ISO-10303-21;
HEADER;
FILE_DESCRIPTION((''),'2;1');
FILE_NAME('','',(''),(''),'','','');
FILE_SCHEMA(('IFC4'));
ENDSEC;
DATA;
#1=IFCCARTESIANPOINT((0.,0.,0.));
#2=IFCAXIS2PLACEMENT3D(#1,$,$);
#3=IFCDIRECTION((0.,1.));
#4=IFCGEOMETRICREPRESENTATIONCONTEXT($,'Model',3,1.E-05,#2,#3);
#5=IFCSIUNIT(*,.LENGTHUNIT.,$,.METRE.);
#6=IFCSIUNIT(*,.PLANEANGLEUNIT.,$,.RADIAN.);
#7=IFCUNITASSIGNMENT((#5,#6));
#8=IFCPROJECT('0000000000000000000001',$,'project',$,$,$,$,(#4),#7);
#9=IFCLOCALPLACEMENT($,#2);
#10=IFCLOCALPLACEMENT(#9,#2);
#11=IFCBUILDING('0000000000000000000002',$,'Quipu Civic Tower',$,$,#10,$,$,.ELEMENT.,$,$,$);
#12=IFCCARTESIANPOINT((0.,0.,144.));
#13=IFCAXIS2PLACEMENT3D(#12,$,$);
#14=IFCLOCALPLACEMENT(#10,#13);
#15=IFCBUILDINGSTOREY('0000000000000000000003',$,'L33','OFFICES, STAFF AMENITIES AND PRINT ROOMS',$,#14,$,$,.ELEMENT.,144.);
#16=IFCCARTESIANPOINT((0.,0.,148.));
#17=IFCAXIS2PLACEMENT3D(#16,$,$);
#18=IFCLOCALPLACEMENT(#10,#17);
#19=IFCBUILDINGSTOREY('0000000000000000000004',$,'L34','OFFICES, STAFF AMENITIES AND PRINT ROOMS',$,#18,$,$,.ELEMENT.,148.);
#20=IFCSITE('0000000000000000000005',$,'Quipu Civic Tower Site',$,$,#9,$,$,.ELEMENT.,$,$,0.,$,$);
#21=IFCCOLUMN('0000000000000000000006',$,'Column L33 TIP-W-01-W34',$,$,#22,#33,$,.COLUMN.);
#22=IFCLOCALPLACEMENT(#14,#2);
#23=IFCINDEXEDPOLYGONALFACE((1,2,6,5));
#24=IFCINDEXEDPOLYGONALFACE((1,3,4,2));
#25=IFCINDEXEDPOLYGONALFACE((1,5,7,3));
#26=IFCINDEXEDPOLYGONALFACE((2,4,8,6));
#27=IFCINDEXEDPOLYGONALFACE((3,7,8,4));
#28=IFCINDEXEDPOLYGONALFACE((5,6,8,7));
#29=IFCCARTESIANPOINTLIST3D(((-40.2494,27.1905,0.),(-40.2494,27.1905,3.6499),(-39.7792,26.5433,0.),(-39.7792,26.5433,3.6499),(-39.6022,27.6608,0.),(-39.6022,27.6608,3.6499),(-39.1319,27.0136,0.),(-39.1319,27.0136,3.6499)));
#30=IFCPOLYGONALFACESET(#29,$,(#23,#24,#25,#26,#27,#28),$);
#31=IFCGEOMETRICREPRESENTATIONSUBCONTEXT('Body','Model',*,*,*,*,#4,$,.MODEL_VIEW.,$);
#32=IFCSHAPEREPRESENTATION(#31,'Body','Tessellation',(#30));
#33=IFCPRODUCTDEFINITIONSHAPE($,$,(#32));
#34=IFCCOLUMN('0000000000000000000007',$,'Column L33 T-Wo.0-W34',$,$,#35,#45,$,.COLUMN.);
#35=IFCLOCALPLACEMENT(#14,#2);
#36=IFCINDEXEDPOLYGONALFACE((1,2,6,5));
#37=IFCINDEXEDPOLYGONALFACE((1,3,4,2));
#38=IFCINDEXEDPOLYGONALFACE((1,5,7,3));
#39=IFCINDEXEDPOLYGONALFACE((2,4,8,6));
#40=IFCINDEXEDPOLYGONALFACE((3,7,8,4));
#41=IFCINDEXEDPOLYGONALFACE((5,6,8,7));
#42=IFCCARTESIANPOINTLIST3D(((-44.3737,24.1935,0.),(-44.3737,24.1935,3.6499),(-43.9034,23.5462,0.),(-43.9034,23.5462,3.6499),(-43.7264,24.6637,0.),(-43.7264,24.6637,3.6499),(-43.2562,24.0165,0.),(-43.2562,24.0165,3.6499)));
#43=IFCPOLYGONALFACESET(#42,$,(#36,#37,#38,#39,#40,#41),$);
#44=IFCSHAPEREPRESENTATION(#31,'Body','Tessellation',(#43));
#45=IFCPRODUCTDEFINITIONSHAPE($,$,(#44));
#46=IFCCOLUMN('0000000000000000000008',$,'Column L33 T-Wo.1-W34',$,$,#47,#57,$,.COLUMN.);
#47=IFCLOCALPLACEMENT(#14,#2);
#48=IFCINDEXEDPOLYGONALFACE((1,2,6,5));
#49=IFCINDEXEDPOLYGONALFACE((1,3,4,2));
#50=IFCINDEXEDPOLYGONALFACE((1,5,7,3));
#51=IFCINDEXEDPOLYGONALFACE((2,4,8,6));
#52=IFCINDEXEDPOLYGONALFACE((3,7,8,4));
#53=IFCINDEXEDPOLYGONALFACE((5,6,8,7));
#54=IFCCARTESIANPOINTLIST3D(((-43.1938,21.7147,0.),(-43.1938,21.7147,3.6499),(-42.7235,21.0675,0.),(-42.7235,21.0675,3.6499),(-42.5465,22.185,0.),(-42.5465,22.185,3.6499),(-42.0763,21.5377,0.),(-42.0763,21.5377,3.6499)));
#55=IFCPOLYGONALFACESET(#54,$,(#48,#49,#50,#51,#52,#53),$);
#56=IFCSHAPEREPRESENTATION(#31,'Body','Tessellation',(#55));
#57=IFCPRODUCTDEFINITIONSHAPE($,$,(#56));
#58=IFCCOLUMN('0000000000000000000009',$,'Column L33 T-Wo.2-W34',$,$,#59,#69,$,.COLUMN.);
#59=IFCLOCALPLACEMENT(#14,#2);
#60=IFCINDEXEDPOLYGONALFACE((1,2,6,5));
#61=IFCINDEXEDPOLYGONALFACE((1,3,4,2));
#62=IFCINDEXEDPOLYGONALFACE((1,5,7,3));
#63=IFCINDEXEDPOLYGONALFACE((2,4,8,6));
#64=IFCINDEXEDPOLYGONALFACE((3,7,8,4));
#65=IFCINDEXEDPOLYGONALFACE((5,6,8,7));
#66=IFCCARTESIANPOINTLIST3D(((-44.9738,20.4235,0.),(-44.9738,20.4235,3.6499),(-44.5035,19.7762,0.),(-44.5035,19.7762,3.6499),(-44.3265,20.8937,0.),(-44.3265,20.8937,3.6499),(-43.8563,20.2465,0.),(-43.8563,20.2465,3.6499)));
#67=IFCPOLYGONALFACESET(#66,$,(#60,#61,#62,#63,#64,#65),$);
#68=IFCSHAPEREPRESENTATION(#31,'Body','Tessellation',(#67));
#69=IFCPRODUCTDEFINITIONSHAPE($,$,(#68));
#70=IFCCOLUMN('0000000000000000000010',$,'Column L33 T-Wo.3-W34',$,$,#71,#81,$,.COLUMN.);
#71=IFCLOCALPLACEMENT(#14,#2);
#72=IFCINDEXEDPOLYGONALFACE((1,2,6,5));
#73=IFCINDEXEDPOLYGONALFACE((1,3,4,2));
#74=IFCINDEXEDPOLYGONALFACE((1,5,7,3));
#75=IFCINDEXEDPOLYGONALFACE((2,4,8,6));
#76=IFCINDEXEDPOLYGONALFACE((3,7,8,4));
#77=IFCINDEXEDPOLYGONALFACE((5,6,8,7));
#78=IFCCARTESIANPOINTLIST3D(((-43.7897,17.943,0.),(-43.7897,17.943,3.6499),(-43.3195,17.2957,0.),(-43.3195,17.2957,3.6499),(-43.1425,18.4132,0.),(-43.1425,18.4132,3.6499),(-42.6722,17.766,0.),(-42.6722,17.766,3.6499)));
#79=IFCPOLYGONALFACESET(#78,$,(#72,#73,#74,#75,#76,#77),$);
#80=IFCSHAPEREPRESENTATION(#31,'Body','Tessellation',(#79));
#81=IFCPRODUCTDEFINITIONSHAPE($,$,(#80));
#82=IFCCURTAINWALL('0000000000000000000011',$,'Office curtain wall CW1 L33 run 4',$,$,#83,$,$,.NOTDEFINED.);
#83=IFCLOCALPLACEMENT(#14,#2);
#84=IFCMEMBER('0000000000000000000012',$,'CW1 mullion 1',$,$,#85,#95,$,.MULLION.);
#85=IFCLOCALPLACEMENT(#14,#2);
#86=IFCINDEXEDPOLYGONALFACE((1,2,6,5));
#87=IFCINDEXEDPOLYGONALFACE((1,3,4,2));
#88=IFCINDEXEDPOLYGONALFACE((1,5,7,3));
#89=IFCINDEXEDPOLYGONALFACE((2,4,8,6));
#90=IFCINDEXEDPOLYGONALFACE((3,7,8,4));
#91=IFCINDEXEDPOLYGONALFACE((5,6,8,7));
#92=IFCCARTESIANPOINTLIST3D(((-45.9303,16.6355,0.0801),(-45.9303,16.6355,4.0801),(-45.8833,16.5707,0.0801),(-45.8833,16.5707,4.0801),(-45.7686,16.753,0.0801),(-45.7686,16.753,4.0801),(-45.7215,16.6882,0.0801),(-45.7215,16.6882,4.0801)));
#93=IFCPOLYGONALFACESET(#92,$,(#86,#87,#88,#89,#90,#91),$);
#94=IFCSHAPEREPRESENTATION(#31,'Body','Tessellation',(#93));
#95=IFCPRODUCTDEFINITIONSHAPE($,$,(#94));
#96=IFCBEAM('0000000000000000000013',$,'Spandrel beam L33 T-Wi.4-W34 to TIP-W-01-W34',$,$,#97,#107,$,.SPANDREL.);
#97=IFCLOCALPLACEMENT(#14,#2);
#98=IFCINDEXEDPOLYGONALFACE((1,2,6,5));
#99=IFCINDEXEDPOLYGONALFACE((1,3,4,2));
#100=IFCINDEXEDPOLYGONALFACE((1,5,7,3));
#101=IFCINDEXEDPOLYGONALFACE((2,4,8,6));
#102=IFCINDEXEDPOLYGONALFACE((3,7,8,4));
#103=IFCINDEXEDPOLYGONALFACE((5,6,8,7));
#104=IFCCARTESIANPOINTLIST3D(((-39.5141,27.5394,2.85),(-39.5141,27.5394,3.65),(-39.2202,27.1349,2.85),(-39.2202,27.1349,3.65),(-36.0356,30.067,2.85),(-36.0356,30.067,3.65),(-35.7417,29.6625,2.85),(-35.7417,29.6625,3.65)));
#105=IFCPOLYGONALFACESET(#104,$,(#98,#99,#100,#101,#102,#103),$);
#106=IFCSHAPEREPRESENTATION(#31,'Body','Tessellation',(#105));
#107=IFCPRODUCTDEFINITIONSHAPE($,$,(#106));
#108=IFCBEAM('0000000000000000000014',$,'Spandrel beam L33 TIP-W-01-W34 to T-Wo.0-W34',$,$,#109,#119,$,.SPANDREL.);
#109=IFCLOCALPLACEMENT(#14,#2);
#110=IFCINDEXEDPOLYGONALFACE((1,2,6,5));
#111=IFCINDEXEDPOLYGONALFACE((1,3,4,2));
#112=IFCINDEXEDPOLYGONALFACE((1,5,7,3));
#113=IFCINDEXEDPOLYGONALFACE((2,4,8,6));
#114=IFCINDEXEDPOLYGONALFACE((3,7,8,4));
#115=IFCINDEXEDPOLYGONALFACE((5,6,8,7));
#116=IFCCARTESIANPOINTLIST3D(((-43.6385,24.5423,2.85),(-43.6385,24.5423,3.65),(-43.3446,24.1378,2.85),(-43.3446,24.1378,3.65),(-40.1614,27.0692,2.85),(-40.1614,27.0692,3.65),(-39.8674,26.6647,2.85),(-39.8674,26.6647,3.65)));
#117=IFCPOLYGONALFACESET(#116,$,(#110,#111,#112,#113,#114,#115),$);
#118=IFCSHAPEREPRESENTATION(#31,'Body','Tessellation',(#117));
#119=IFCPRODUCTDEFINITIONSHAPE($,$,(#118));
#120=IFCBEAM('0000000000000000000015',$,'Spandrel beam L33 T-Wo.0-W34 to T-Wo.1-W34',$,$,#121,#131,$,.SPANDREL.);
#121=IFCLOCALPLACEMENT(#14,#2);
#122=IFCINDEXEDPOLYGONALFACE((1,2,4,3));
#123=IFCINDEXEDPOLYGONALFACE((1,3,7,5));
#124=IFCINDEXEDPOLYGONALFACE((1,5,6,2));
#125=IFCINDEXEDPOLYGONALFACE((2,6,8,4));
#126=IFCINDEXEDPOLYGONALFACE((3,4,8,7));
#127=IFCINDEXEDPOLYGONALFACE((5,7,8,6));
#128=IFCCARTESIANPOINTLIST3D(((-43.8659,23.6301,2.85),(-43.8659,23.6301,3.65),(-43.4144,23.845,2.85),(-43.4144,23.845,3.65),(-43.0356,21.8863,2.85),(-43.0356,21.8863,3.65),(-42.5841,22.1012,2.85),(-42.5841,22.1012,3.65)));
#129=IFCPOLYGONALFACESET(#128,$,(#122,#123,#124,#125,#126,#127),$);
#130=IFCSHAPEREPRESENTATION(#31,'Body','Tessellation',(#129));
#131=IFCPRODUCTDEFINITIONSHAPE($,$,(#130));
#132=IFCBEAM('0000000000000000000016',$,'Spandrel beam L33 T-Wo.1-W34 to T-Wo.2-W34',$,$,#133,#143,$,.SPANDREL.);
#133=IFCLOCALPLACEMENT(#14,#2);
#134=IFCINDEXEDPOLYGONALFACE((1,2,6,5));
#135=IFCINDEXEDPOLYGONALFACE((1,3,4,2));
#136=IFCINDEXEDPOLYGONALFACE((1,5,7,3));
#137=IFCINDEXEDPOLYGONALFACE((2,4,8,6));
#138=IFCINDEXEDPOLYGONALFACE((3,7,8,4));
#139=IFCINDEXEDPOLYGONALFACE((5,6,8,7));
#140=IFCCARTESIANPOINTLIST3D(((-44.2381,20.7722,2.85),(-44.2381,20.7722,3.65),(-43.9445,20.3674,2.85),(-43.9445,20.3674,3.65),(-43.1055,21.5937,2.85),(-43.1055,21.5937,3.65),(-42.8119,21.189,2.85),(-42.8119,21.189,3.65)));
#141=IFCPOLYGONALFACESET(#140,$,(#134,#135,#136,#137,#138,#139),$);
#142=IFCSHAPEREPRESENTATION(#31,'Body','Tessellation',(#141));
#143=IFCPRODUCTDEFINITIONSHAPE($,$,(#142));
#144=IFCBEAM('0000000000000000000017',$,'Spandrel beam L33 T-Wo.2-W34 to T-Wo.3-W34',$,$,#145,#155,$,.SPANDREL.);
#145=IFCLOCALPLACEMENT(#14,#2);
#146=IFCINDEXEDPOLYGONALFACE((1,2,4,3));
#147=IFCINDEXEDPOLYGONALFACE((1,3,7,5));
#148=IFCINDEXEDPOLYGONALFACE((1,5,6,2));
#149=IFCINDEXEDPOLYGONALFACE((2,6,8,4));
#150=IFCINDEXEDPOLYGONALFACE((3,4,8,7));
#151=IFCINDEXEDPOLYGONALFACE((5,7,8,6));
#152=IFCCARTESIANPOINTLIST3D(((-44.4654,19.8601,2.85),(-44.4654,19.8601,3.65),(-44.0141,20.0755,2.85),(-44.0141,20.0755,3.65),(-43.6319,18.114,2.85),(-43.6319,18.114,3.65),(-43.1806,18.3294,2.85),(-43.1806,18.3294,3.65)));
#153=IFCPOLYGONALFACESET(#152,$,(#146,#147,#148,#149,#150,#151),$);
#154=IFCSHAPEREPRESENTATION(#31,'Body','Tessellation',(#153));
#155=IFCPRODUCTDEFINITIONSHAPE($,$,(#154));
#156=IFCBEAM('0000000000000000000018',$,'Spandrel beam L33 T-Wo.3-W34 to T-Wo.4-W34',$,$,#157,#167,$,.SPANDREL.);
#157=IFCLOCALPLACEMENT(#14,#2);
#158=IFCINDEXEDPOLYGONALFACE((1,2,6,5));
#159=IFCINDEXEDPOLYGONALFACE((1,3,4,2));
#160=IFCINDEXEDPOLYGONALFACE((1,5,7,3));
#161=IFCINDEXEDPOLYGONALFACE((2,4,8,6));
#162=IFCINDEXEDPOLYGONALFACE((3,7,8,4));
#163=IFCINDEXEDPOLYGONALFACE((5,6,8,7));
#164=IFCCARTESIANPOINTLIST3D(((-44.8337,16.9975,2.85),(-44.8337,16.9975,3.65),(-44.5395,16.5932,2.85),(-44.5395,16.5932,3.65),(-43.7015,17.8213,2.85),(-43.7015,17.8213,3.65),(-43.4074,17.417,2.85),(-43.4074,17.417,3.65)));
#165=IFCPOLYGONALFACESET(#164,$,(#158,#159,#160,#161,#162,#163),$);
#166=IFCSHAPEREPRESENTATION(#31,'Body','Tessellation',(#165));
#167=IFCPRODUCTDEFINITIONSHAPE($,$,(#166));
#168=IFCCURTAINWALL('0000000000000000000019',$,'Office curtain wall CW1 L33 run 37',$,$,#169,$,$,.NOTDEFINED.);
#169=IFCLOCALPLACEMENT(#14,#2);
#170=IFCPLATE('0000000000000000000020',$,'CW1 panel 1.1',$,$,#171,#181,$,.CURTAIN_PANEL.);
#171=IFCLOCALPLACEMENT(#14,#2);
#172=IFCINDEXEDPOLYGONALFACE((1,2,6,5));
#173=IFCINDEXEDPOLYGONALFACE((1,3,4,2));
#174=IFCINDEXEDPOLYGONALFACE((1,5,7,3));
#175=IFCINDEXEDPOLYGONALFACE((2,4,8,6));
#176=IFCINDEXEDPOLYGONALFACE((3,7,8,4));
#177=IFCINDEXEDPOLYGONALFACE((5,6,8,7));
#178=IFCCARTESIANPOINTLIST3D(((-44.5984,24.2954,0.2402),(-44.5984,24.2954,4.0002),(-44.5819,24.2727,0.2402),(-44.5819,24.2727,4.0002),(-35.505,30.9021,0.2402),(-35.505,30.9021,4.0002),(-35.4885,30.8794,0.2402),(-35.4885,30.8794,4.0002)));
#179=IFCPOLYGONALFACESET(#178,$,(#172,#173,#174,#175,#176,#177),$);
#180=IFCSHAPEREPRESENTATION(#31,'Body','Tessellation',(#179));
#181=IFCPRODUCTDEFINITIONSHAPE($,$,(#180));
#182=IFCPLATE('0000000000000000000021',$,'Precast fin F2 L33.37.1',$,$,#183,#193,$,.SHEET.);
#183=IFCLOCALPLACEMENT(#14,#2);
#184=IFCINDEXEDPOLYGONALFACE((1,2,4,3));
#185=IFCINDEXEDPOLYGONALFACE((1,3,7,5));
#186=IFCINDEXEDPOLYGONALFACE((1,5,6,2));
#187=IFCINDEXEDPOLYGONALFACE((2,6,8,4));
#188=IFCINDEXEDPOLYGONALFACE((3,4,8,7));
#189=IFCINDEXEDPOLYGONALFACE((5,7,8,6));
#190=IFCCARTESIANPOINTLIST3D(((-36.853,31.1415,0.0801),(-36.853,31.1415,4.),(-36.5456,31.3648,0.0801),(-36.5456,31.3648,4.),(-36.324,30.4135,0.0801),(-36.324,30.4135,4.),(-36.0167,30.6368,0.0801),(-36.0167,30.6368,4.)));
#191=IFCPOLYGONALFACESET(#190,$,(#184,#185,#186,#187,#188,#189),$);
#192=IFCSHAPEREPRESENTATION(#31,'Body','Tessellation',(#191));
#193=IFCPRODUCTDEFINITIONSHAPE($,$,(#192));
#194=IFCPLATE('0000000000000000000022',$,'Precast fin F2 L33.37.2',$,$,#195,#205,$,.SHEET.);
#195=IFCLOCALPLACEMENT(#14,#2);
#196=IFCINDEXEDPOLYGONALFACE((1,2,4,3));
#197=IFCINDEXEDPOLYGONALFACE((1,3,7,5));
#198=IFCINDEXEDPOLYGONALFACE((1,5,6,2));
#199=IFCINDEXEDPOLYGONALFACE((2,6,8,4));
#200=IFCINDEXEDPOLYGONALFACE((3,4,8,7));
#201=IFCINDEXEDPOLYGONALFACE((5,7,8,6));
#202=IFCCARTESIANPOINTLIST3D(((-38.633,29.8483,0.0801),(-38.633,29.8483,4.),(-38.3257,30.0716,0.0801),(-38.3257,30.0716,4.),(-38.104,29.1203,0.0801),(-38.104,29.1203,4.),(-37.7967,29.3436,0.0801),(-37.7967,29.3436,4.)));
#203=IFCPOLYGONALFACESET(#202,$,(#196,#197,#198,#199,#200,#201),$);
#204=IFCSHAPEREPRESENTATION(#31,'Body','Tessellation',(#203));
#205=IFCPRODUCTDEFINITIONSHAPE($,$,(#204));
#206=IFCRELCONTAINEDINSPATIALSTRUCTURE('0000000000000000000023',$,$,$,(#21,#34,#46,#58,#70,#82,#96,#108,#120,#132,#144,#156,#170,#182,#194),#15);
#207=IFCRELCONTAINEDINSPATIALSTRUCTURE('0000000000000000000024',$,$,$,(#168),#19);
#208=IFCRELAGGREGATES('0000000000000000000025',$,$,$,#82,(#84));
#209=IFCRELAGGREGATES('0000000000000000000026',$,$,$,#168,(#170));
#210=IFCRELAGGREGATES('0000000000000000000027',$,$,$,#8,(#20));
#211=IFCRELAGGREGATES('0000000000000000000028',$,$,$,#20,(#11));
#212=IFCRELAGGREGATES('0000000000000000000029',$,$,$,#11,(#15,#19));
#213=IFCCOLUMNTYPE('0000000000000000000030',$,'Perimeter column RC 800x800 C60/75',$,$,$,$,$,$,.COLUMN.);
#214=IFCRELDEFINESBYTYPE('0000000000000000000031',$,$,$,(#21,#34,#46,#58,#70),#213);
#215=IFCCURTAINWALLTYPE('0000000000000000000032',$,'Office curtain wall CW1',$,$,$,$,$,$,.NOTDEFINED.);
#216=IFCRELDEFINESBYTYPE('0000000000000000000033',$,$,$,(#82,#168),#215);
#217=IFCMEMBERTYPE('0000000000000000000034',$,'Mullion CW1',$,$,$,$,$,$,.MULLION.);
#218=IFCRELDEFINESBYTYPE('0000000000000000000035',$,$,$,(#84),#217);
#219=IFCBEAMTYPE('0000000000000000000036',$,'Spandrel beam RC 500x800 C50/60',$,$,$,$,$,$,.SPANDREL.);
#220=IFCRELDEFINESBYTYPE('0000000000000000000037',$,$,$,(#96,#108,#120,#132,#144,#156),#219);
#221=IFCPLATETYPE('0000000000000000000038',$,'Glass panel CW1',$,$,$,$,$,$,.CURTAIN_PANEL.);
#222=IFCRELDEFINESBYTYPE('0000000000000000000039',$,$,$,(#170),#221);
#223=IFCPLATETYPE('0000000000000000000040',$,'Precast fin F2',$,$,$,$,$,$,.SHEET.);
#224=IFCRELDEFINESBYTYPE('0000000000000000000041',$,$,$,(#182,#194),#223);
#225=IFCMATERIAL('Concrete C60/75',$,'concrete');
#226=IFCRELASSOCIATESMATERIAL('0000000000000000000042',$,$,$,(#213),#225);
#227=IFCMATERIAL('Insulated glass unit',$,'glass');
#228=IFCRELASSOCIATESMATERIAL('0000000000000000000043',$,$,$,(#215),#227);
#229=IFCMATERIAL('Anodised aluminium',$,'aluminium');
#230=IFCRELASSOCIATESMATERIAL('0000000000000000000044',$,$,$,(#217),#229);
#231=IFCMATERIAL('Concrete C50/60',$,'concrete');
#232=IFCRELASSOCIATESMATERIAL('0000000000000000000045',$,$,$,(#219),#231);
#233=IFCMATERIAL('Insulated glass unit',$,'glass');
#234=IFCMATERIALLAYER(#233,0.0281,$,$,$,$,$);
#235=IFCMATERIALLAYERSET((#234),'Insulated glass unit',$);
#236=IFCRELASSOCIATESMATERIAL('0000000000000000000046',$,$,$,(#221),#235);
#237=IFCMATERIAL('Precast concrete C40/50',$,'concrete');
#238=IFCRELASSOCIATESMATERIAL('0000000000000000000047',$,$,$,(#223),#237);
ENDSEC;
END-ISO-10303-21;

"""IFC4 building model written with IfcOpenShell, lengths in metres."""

from ifc_helpers import new_model, si_unit, direction, frame, origin, origin_2d, place, context, subcontext, project, spatial, rectangle, extrude, material, layer, layer_set, material_profile, profile_set, type_object, element, aggregate, save


model = new_model("IFC4")

# Units and contexts
model_context = context("Model", 3, precision=1e-05, world=origin(), true_north=direction((0.0, 1.0)))
body_context = subcontext(model_context, "Body", "Model", "MODEL_VIEW")
ifc_project = project(units=[si_unit("LENGTHUNIT", "METRE"), si_unit("PLANEANGLEUNIT", "RADIAN")], contexts=[model_context])

# Site, building, storey
site_placement = place(None, origin())
site = spatial("IfcSite", under=ifc_project, at=site_placement, Name="Quipu Civic Tower Site", CompositionType="ELEMENT", RefElevation=0.0)
building_placement = place(site_placement, origin())
building = spatial("IfcBuilding", under=site, at=building_placement, Name="Quipu Civic Tower", CompositionType="ELEMENT")
storey_1_placement = place(building_placement, frame((0.0, 0.0, 144.0)))
storey_1 = spatial("IfcBuildingStorey", under=building, at=storey_1_placement, Name="L33", Description="OFFICES, STAFF AMENITIES AND PRINT ROOMS", CompositionType="ELEMENT", Elevation=144.0)

# Columns
ifc_material_1 = material(Name="Concrete C60/75", Category="concrete")
ifc_material_profile_1 = material_profile(ifc_material_1, rectangle(XDim=0.8, YDim=0.8, at=origin_2d()), Name="RC800x800")
ifc_profile_set_1 = profile_set([ifc_material_profile_1], Name="Concrete C60/75")
column_type = type_object("IfcColumnType", Name="Perimeter column RC 800x800 C60/75", PredefinedType="COLUMN", material=ifc_profile_set_1)
for number, where, z_axis, x_axis, name in (
    (1, (-39.6907, 27.1021, 0.0), (0.0, 0.0, 1.0), (-0.809017, -0.587785, 0.0), "Column L33 TIP-W-01-W34"),
    (2, (-43.8149, 24.105, 0.0), (0.0, 0.0, 1.0), (-0.809017, -0.587785, 0.0), "Column L33 T-Wo.0-W34"),
    (3, (-42.635, 21.6262, 0.0), (0.0, 0.0, 1.0), (-0.809017, -0.587785, 0.0), "Column L33 T-Wo.1-W34"),
    (4, (-44.415, 20.335, 0.0), (0.0, 0.0, 1.0), (0.587785, -0.809017, 0.0), "Column L33 T-Wo.2-W34"),
    (5, (-43.231, 17.8545, 0.0), (0.0, 0.0, 1.0), (0.587785, -0.809017, 0.0), "Column L33 T-Wo.3-W34"),
):
    element("IfcColumn", number, at=place(storey_1_placement, frame(where, z_axis=z_axis, x_axis=x_axis)), inside=storey_1, type_object=column_type, Name=name, PredefinedType="COLUMN", context=body_context, shape_type="SweptSolid", body=[
        extrude(rectangle(XDim=0.8, YDim=0.8, at=origin_2d()), origin(), (0.0, 0.0, 1.0), 3.6499),
    ])

# Curtain wall, member
ifc_material_2 = material(Name="Insulated glass unit", Category="glass")
curtain_wall_type = type_object("IfcCurtainWallType", Name="Office curtain wall CW1", PredefinedType="NOTDEFINED", material=ifc_material_2)
curtain_wall_1_placement = place(storey_1_placement, origin())
curtain_wall_1 = element("IfcCurtainWall", 6, at=curtain_wall_1_placement, inside=storey_1, type_object=curtain_wall_type, Name="Office curtain wall CW1 L33 run 4", PredefinedType="NOTDEFINED")
ifc_material_3 = material(Name="Anodised aluminium", Category="aluminium")
ifc_material_profile_2 = material_profile(ifc_material_3, rectangle(XDim=0.2, YDim=0.0801, at=origin_2d()), Name="RECT 200x80")
ifc_profile_set_2 = profile_set([ifc_material_profile_2], Name="Anodised aluminium")
member_type = type_object("IfcMemberType", Name="Mullion CW1", PredefinedType="MULLION", material=ifc_profile_set_2)
member_placement = place(storey_1_placement, frame((-45.8259, 16.6619, 0.0801), z_axis=(0.0, 0.0, 1.0), x_axis=(0.809017, 0.587786, 0.0)))
member = element("IfcMember", 7, at=member_placement, type_object=member_type, Name="CW1 mullion 1", PredefinedType="MULLION", context=body_context, shape_type="SweptSolid", body=[
    extrude(rectangle(XDim=0.2, YDim=0.0801, at=origin_2d()), origin(), (0.0, 0.0, 1.0), 4.0),
])
aggregate(curtain_wall_1, [member])

# Beams
ifc_material_4 = material(Name="Concrete C50/60", Category="concrete")
ifc_material_profile_3 = material_profile(ifc_material_4, rectangle(XDim=0.5, YDim=0.8, at=origin_2d()), Name="RC500x800")
ifc_profile_set_3 = profile_set([ifc_material_profile_3], Name="Concrete C50/60")
beam_type = type_object("IfcBeamType", Name="Spandrel beam RC 500x800 C50/60", PredefinedType="SPANDREL", material=ifc_profile_set_3)
beam_1_placement = place(storey_1_placement, frame((-35.8887, 29.8647, 3.25), z_axis=(-0.808984, -0.587831, 0.0), x_axis=(0.587831, -0.808984, 0.0)))
element("IfcBeam", 8, at=beam_1_placement, inside=storey_1, type_object=beam_type, Name="Spandrel beam L33 T-Wi.4-W34 to TIP-W-01-W34", PredefinedType="SPANDREL", context=body_context, shape_type="SweptSolid", body=[
    extrude(rectangle(XDim=0.5, YDim=0.8, at=origin_2d()), origin(), (0.0, 0.0, 1.0), 4.2998),
])
beam_2_placement = place(storey_1_placement, frame((-40.0144, 26.8669, 3.25), z_axis=(-0.808947, -0.587881, 0.0), x_axis=(0.587881, -0.808947, 0.0)))
element("IfcBeam", 9, at=beam_2_placement, inside=storey_1, type_object=beam_type, Name="Spandrel beam L33 TIP-W-01-W34 to T-Wo.0-W34", PredefinedType="SPANDREL", context=body_context, shape_type="SweptSolid", body=[
    extrude(rectangle(XDim=0.5, YDim=0.8, at=origin_2d()), origin(), (0.0, 0.0, 1.0), 4.2983),
])
beam_3_placement = place(storey_1_placement, frame((-43.6401, 23.7375, 3.25), z_axis=(0.429889, -0.902882, 0.0), x_axis=(0.902882, 0.429889, 0.0)))
element("IfcBeam", 10, at=beam_3_placement, inside=storey_1, type_object=beam_type, Name="Spandrel beam L33 T-Wo.0-W34 to T-Wo.1-W34", PredefinedType="SPANDREL", context=body_context, shape_type="SweptSolid", body=[
    extrude(rectangle(XDim=0.5, YDim=0.8, at=origin_2d()), origin(), (0.0, 0.0, 1.0), 1.9314),
])
beam_4_placement = place(storey_1_placement, frame((-42.9587, 21.3914, 3.25), z_axis=(-0.809467, -0.587165, 0.0), x_axis=(0.587165, -0.809467, 0.0)))
element("IfcBeam", 11, at=beam_4_placement, inside=storey_1, type_object=beam_type, Name="Spandrel beam L33 T-Wo.1-W34 to T-Wo.2-W34", PredefinedType="SPANDREL", context=body_context, shape_type="SweptSolid", body=[
    extrude(rectangle(XDim=0.5, YDim=0.8, at=origin_2d()), origin(), (0.0, 0.0, 1.0), 1.3992),
])
beam_5_placement = place(storey_1_placement, frame((-44.2397, 19.9678, 3.25), z_axis=(0.430786, -0.902454, 0.0), x_axis=(0.902454, 0.430786, 0.0)))
element("IfcBeam", 12, at=beam_5_placement, inside=storey_1, type_object=beam_type, Name="Spandrel beam L33 T-Wo.2-W34 to T-Wo.3-W34", PredefinedType="SPANDREL", context=body_context, shape_type="SweptSolid", body=[
    extrude(rectangle(XDim=0.5, YDim=0.8, at=origin_2d()), origin(), (0.0, 0.0, 1.0), 1.9348),
])
beam_6_placement = place(storey_1_placement, frame((-43.5544, 17.6191, 3.25), z_axis=(-0.8086, -0.588358, 0.0), x_axis=(0.588358, -0.8086, 0.0)))
element("IfcBeam", 13, at=beam_6_placement, inside=storey_1, type_object=beam_type, Name="Spandrel beam L33 T-Wo.3-W34 to T-Wo.4-W34", PredefinedType="SPANDREL", context=body_context, shape_type="SweptSolid", body=[
    extrude(rectangle(XDim=0.5, YDim=0.8, at=origin_2d()), origin(), (0.0, 0.0, 1.0), 1.4001),
])

# Shared definitions
storey_2_placement = place(building_placement, frame((0.0, 0.0, 148.0)))
storey_2 = spatial("IfcBuildingStorey", under=building, at=storey_2_placement, Name="L34", Description="OFFICES, STAFF AMENITIES AND PRINT ROOMS", CompositionType="ELEMENT", Elevation=148.0)

# Curtain wall, plate
curtain_wall_2_placement = place(storey_2_placement, origin())
curtain_wall_2 = element("IfcCurtainWall", 14, at=curtain_wall_2_placement, inside=storey_2, type_object=curtain_wall_type, Name="Office curtain wall CW1 L33 run 37", PredefinedType="NOTDEFINED")
ifc_material_5 = material(Name="Insulated glass unit", Category="glass")
ifc_layer_1 = layer(ifc_material_5, 0.0281)
ifc_layer_set_1 = layer_set([ifc_layer_1], Name="Insulated glass unit")
plate_type_1 = type_object("IfcPlateType", Name="Glass panel CW1", PredefinedType="CURTAIN_PANEL", material=ifc_layer_set_1)
plate_placement = place(storey_1_placement, frame((-40.0435, 27.5874, 0.2402), z_axis=(0.0, 0.0, 1.0), x_axis=(-0.809015, -0.587788, 0.0)))
plate = element("IfcPlate", 15, at=plate_placement, inside=storey_1, type_object=plate_type_1, Name="CW1 panel 1.1", PredefinedType="CURTAIN_PANEL", context=body_context, shape_type="SweptSolid", body=[
    extrude(rectangle(XDim=11.24, YDim=0.0281, at=origin_2d()), origin(), (0.0, 0.0, 1.0), 3.76),
])
aggregate(curtain_wall_2, [plate])

# Plates
ifc_material_6 = material(Name="Precast concrete C40/50", Category="concrete")
plate_type_2 = type_object("IfcPlateType", Name="Precast fin F2", PredefinedType="SHEET", material=ifc_material_6)
for number, where, z_axis, x_axis, name in (
    (16, (-36.4348, 30.8892, 0.0801), (0.0, 0.0, 1.0), (-0.809017, -0.587785, 0.0), "Precast fin F2 L33.37.1"),
    (17, (-38.2148, 29.5959, 0.0801), (0.0, 0.0, 1.0), (-0.809017, -0.587785, 0.0), "Precast fin F2 L33.37.2"),
):
    element("IfcPlate", number, at=place(storey_1_placement, frame(where, z_axis=z_axis, x_axis=x_axis)), inside=storey_1, type_object=plate_type_2, Name=name, PredefinedType="SHEET", context=body_context, shape_type="SweptSolid", body=[
        extrude(rectangle(XDim=0.3799, YDim=0.8999, at=origin_2d()), origin(), (0.0, 0.0, 1.0), 3.9199),
    ])

save(model, "model.ifc")
